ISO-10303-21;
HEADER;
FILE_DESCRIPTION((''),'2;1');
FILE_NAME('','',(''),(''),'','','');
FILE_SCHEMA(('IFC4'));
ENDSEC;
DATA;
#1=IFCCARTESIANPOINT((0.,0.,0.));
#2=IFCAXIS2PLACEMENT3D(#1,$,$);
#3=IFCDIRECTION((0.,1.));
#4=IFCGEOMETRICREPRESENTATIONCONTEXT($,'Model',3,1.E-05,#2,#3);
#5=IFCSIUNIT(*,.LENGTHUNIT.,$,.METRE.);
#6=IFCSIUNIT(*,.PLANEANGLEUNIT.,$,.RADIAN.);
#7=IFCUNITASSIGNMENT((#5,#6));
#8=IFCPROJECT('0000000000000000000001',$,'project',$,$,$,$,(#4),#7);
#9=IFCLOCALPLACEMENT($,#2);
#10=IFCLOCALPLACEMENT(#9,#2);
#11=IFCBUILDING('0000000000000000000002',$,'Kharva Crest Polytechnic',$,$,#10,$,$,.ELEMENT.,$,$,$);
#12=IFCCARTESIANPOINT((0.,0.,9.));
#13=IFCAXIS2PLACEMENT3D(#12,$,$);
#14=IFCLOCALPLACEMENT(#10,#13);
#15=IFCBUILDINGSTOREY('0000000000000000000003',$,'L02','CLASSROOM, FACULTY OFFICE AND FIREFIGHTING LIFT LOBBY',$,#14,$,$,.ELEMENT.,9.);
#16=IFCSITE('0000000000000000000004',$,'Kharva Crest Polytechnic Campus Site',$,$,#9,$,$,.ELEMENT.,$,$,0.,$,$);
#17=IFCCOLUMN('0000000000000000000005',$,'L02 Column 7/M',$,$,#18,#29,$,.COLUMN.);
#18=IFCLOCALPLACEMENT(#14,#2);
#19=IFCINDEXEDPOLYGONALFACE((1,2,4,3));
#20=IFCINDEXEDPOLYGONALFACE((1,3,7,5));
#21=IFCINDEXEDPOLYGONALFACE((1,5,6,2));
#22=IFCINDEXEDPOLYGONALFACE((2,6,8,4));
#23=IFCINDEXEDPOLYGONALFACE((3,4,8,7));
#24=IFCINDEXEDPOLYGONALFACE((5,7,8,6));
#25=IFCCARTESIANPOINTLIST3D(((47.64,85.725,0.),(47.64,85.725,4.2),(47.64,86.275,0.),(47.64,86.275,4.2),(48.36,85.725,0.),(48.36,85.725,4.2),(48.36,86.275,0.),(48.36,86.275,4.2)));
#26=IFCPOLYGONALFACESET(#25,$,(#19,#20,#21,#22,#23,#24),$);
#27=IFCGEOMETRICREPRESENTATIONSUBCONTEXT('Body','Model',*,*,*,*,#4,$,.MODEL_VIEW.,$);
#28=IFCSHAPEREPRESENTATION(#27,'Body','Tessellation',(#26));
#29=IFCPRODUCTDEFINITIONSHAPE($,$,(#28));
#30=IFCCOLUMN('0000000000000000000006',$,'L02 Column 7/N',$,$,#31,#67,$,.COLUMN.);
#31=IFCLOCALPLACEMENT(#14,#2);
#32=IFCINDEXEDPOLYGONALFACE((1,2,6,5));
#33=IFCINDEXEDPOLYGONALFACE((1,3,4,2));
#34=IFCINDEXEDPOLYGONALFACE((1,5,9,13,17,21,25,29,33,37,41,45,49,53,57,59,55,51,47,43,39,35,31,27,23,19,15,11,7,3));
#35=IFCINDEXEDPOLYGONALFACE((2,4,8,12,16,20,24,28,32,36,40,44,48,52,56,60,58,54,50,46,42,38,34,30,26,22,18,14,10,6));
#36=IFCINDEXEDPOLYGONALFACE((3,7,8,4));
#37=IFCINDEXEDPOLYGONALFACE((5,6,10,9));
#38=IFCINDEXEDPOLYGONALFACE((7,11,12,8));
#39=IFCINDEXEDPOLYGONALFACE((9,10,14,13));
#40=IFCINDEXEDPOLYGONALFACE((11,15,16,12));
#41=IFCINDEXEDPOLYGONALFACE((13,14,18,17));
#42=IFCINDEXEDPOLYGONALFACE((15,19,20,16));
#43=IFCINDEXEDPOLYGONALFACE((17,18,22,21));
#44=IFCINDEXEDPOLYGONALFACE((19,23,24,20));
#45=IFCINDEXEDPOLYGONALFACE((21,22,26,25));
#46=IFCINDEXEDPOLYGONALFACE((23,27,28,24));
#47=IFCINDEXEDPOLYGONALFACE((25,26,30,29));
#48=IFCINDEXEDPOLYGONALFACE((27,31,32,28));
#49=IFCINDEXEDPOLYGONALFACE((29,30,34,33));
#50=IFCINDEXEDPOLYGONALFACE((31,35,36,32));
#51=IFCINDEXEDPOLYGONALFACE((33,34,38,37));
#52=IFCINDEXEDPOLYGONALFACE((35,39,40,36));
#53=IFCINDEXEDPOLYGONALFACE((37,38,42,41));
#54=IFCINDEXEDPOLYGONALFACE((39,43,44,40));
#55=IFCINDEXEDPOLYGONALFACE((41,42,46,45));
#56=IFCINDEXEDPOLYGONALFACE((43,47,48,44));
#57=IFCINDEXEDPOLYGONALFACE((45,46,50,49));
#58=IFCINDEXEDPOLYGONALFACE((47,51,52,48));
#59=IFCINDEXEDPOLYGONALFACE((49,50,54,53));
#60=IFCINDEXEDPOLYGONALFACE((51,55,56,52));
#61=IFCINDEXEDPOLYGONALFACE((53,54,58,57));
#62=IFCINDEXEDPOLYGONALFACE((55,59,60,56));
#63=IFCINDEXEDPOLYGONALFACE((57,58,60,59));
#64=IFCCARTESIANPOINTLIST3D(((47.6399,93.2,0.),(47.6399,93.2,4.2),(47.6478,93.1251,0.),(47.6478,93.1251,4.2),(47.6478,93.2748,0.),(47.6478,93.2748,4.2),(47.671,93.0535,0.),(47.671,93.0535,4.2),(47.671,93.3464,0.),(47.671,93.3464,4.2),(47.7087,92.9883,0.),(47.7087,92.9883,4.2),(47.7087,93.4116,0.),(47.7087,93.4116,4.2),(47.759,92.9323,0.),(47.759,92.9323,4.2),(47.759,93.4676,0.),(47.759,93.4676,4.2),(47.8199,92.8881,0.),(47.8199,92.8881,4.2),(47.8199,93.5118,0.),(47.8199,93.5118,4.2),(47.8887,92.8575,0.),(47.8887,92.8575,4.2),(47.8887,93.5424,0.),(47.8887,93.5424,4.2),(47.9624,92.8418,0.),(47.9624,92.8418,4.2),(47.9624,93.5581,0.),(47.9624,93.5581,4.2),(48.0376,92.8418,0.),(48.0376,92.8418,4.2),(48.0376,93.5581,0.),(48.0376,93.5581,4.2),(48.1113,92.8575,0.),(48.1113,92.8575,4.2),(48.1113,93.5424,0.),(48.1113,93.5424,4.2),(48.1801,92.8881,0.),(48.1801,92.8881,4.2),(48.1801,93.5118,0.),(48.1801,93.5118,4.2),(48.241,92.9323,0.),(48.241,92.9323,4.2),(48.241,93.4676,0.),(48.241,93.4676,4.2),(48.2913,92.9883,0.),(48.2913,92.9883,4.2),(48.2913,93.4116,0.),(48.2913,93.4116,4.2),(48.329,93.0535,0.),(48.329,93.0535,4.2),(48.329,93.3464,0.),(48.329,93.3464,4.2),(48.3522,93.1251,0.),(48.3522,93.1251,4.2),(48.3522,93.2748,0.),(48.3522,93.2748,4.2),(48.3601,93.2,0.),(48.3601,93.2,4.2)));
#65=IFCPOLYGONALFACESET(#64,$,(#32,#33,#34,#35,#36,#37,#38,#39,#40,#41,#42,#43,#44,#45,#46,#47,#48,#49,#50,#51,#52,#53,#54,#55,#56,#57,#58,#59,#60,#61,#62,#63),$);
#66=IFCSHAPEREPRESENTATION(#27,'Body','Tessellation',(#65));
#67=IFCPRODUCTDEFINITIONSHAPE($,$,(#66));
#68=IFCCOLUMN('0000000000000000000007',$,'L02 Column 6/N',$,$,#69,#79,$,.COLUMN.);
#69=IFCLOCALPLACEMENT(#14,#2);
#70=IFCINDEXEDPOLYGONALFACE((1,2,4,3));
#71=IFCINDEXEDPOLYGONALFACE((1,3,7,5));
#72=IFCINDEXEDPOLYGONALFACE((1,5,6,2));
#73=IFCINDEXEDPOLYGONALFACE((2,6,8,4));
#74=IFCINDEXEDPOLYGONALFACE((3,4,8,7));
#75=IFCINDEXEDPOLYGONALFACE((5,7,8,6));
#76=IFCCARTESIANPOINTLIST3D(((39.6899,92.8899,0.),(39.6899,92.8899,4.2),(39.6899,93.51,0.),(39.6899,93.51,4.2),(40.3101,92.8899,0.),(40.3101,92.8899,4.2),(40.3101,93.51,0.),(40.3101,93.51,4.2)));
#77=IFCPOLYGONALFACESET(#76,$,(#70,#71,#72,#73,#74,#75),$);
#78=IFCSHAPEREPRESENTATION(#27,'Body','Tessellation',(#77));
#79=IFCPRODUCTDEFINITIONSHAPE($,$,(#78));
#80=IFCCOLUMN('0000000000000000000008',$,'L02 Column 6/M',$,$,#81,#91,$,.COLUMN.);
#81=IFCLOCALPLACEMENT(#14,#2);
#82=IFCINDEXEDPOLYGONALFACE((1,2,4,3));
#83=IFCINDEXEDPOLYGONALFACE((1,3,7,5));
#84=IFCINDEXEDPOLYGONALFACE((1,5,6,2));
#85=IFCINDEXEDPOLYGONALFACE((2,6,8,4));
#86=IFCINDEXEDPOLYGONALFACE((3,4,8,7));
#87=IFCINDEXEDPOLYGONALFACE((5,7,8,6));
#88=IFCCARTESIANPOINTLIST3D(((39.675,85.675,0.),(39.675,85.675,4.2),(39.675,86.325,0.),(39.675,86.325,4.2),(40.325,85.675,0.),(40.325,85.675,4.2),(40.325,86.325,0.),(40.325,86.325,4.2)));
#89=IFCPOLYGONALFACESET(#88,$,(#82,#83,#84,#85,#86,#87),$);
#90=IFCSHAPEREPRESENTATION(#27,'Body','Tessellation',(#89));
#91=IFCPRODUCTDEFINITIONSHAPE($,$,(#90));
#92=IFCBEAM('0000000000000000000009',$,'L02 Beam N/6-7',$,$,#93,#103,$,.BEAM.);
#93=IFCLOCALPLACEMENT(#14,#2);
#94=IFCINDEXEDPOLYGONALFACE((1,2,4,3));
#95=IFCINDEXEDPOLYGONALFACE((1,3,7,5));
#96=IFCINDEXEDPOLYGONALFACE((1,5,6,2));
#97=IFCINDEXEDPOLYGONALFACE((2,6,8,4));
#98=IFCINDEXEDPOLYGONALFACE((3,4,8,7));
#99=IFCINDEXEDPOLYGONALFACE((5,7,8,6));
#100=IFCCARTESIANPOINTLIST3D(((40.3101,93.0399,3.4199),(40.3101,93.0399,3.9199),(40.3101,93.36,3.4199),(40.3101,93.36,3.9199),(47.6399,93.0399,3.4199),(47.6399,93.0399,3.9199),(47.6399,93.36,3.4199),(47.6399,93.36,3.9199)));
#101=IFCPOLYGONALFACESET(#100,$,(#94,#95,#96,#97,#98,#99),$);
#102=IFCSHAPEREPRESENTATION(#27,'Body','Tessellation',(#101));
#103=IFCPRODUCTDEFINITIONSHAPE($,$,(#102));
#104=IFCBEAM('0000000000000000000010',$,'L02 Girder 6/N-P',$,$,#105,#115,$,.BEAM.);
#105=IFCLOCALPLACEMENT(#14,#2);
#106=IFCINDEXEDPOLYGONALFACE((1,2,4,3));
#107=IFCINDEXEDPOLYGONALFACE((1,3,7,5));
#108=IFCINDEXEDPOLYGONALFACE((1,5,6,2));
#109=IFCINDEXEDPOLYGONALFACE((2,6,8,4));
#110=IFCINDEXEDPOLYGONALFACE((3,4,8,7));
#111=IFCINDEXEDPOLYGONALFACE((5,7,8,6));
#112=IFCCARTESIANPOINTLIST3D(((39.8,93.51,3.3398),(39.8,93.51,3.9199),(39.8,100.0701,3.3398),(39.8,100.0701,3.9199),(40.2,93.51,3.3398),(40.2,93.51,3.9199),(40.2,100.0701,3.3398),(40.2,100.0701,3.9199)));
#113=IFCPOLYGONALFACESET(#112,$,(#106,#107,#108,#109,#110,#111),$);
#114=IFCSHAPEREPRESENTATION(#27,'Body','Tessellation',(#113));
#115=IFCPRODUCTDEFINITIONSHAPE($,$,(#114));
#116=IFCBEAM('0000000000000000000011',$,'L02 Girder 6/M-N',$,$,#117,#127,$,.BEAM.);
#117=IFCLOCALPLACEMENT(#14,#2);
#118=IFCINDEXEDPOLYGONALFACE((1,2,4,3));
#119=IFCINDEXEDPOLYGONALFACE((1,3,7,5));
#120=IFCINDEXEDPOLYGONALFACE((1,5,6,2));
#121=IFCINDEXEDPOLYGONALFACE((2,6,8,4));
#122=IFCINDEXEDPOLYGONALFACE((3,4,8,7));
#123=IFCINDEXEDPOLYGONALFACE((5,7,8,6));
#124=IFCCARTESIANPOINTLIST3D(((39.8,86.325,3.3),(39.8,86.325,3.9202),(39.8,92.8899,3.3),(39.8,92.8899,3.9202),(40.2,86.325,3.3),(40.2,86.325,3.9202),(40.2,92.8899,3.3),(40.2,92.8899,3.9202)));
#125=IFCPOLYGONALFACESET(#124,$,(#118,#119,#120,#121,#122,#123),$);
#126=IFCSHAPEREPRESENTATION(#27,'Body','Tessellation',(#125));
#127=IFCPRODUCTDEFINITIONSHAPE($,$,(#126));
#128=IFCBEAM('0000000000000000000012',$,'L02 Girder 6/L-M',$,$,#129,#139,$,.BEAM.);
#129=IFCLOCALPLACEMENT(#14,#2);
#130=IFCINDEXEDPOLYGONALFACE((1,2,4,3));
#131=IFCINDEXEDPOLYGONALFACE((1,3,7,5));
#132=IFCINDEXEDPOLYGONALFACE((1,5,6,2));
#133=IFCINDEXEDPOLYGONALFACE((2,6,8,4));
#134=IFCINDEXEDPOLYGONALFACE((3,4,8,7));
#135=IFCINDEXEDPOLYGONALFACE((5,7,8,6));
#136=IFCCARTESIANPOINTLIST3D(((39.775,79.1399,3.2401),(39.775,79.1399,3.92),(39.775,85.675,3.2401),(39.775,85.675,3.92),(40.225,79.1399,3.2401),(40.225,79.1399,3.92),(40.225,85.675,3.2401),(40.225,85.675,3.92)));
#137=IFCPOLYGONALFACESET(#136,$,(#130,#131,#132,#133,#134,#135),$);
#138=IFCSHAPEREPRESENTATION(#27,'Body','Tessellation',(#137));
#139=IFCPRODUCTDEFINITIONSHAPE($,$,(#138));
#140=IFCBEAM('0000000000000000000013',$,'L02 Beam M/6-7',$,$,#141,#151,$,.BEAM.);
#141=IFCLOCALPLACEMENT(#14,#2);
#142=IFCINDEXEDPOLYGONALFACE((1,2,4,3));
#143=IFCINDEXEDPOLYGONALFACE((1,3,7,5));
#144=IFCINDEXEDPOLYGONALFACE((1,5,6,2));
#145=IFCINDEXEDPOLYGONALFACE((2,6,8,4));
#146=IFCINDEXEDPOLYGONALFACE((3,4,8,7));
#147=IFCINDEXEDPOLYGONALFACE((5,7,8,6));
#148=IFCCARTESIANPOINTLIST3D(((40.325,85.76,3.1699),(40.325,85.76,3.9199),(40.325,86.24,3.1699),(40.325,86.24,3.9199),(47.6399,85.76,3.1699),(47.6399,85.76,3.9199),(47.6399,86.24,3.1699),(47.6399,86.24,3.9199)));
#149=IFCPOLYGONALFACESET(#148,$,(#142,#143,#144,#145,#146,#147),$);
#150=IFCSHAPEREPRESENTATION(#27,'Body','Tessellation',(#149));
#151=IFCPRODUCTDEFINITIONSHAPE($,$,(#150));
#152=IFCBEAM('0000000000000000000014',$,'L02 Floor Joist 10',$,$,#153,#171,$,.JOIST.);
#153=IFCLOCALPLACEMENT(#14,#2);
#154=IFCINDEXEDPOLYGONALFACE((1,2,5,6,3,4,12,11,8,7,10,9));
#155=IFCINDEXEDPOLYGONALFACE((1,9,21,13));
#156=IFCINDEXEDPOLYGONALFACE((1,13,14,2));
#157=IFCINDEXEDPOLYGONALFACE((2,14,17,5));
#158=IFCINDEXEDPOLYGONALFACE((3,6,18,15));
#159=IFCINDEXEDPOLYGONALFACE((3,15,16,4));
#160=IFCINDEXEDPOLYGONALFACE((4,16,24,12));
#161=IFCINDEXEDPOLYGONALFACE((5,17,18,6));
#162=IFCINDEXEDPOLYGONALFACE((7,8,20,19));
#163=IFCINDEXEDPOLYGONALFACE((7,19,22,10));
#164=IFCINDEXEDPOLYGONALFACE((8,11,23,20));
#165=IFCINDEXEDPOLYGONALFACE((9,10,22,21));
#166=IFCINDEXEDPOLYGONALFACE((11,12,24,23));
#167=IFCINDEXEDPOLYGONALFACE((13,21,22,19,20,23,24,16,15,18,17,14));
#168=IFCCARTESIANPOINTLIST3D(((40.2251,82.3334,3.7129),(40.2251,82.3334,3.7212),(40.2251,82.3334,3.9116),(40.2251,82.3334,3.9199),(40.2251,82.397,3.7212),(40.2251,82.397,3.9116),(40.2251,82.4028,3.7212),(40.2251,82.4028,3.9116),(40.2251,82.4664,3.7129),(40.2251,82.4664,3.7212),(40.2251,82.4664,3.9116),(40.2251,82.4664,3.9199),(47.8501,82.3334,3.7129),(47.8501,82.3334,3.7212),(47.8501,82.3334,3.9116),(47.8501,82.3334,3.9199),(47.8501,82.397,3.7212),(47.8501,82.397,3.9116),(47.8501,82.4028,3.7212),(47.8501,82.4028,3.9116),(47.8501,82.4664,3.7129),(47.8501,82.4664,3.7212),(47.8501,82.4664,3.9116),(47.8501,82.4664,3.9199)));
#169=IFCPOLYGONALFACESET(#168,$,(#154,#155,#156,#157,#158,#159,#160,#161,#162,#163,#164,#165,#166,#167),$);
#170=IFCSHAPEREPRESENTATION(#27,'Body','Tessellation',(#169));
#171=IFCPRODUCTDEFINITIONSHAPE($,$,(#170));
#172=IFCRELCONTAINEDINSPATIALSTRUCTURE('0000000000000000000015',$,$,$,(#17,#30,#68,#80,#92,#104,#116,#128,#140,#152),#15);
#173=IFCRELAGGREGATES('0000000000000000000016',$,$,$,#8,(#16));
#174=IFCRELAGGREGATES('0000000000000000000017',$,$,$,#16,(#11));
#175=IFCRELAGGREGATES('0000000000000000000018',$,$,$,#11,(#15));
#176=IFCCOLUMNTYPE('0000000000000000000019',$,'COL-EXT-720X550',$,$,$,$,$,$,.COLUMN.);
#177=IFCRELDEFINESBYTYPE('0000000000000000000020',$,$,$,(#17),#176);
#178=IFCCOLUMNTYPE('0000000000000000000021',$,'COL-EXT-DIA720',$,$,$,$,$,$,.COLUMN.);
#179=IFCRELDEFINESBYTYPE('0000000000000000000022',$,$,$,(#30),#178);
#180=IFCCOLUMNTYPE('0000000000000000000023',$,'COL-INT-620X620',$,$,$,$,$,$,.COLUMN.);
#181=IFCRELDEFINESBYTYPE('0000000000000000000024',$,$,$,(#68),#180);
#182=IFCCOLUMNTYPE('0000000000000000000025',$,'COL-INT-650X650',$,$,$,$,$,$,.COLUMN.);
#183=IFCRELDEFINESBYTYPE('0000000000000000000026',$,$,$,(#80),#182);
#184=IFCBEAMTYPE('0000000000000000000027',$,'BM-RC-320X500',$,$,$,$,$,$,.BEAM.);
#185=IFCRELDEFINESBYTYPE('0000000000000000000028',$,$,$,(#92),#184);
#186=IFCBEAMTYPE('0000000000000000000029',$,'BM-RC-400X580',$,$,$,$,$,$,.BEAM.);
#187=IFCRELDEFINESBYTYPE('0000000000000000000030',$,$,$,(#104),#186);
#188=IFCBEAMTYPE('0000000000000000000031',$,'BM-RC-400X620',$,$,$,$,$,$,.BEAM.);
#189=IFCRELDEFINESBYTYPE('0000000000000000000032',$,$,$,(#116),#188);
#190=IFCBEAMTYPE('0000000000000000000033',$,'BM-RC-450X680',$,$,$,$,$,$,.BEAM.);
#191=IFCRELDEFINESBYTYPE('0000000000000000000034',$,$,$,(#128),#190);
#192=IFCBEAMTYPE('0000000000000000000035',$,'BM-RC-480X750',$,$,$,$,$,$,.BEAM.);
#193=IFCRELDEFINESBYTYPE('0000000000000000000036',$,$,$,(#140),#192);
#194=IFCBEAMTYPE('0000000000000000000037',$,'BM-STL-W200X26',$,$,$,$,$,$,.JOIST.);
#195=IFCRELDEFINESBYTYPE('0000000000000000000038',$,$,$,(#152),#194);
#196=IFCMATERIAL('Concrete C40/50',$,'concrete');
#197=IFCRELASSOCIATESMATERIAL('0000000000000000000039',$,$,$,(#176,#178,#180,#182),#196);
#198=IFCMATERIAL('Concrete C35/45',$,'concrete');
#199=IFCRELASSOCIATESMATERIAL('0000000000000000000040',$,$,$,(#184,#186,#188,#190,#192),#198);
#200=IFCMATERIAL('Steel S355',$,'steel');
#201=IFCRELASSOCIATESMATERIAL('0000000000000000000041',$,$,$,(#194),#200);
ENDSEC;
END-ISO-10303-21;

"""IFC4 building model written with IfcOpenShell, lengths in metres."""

from ifc_helpers import new_model, si_unit, direction, frame, origin, origin_2d, place, context, subcontext, project, spatial, rectangle, circle, i_section, extrude, material, material_profile, profile_set, type_object, element, save


model = new_model("IFC4")

# Units and contexts
model_context = context("Model", 3, precision=1e-05, world=origin(), true_north=direction((0.0, 1.0)))
body_context = subcontext(model_context, "Body", "Model", "MODEL_VIEW")
ifc_project = project(units=[si_unit("LENGTHUNIT", "METRE"), si_unit("PLANEANGLEUNIT", "RADIAN")], contexts=[model_context])

# Site, building, storey
site_placement = place(None, origin())
site = spatial("IfcSite", under=ifc_project, at=site_placement, Name="Kharva Crest Polytechnic Campus Site", CompositionType="ELEMENT", RefElevation=0.0)
building_placement = place(site_placement, origin())
building = spatial("IfcBuilding", under=site, at=building_placement, Name="Kharva Crest Polytechnic", CompositionType="ELEMENT")
storey_placement = place(building_placement, frame((0.0, 0.0, 9.0)))
storey = spatial("IfcBuildingStorey", under=building, at=storey_placement, Name="L02", Description="CLASSROOM, FACULTY OFFICE AND FIREFIGHTING LIFT LOBBY", CompositionType="ELEMENT", Elevation=9.0)

# Columns
ifc_material_1 = material(Name="Concrete C40/50", Category="concrete")
ifc_material_profile_1 = material_profile(ifc_material_1, rectangle(XDim=0.72, YDim=0.55, at=origin_2d()), Name="RECT 720 X 550")
ifc_profile_set_1 = profile_set([ifc_material_profile_1], Name="Concrete C40/50")
column_type_1 = type_object("IfcColumnType", Name="COL-EXT-720X550", PredefinedType="COLUMN", material=ifc_profile_set_1)
column_1_placement = place(storey_placement, frame((48.0, 86.0, 0.0), z_axis=(0.0, 0.0, 1.0), x_axis=(1.0, 0.0, 0.0)))
element("IfcColumn", 1, at=column_1_placement, inside=storey, type_object=column_type_1, Name="L02 Column 7/M", PredefinedType="COLUMN", context=body_context, shape_type="SweptSolid", body=[
    extrude(rectangle(XDim=0.72, YDim=0.55, at=origin_2d()), origin(), (0.0, 0.0, 1.0), 4.2),
])
ifc_material_profile_2 = material_profile(ifc_material_1, circle(Radius=0.3601, at=origin_2d()), Name="DIA 720")
ifc_profile_set_2 = profile_set([ifc_material_profile_2], Name="Concrete C40/50")
column_type_2 = type_object("IfcColumnType", Name="COL-EXT-DIA720", PredefinedType="COLUMN", material=ifc_profile_set_2)
column_2_placement = place(storey_placement, frame((48.0, 93.2, 0.0), z_axis=(0.0, 0.0, 1.0), x_axis=(1.0, 0.0, 0.0)))
element("IfcColumn", 2, at=column_2_placement, inside=storey, type_object=column_type_2, Name="L02 Column 7/N", PredefinedType="COLUMN", context=body_context, shape_type="SweptSolid", body=[
    extrude(circle(Radius=0.3601, at=origin_2d()), origin(), (0.0, 0.0, 1.0), 4.2),
])
ifc_material_profile_3 = material_profile(ifc_material_1, rectangle(XDim=0.6201, YDim=0.6201, at=origin_2d()), Name="RECT 620 X 620")
ifc_profile_set_3 = profile_set([ifc_material_profile_3], Name="Concrete C40/50")
column_type_3 = type_object("IfcColumnType", Name="COL-INT-620X620", PredefinedType="COLUMN", material=ifc_profile_set_3)
column_3_placement = place(storey_placement, frame((40.0, 93.2, 0.0), z_axis=(0.0, 0.0, 1.0), x_axis=(1.0, 0.0, 0.0)))
element("IfcColumn", 3, at=column_3_placement, inside=storey, type_object=column_type_3, Name="L02 Column 6/N", PredefinedType="COLUMN", context=body_context, shape_type="SweptSolid", body=[
    extrude(rectangle(XDim=0.6201, YDim=0.6201, at=origin_2d()), origin(), (0.0, 0.0, 1.0), 4.2),
])
ifc_material_profile_4 = material_profile(ifc_material_1, rectangle(XDim=0.6499, YDim=0.6499, at=origin_2d()), Name="RECT 650 X 650")
ifc_profile_set_4 = profile_set([ifc_material_profile_4], Name="Concrete C40/50")
column_type_4 = type_object("IfcColumnType", Name="COL-INT-650X650", PredefinedType="COLUMN", material=ifc_profile_set_4)
column_4_placement = place(storey_placement, frame((40.0, 86.0, 0.0), z_axis=(0.0, 0.0, 1.0), x_axis=(1.0, 0.0, 0.0)))
element("IfcColumn", 4, at=column_4_placement, inside=storey, type_object=column_type_4, Name="L02 Column 6/M", PredefinedType="COLUMN", context=body_context, shape_type="SweptSolid", body=[
    extrude(rectangle(XDim=0.6499, YDim=0.6499, at=origin_2d()), origin(), (0.0, 0.0, 1.0), 4.2),
])

# Beams
ifc_material_2 = material(Name="Concrete C35/45", Category="concrete")
ifc_material_profile_5 = material_profile(ifc_material_2, rectangle(XDim=0.3201, YDim=0.5, at=origin_2d()), Name="RECT 320 X 500")
ifc_profile_set_5 = profile_set([ifc_material_profile_5], Name="Concrete C35/45")
beam_type_1 = type_object("IfcBeamType", Name="BM-RC-320X500", PredefinedType="BEAM", material=ifc_profile_set_5)
beam_1_placement = place(storey_placement, frame((40.3101, 93.2, 3.6699), z_axis=(1.0, 0.0, 0.0), x_axis=(0.0, 1.0, 0.0)))
element("IfcBeam", 5, at=beam_1_placement, inside=storey, type_object=beam_type_1, Name="L02 Beam N/6-7", PredefinedType="BEAM", context=body_context, shape_type="SweptSolid", body=[
    extrude(rectangle(XDim=0.3201, YDim=0.5, at=origin_2d()), origin(), (0.0, 0.0, 1.0), 7.3298),
])
ifc_material_profile_6 = material_profile(ifc_material_2, rectangle(XDim=0.3999, YDim=0.5801, at=origin_2d()), Name="RECT 400 X 580")
ifc_profile_set_6 = profile_set([ifc_material_profile_6], Name="Concrete C35/45")
beam_type_2 = type_object("IfcBeamType", Name="BM-RC-400X580", PredefinedType="BEAM", material=ifc_profile_set_6)
beam_2_placement = place(storey_placement, frame((40.0, 93.51, 3.6299), z_axis=(0.0, 1.0, 0.0), x_axis=(-1.0, 0.0, 0.0)))
element("IfcBeam", 6, at=beam_2_placement, inside=storey, type_object=beam_type_2, Name="L02 Girder 6/N-P", PredefinedType="BEAM", context=body_context, shape_type="SweptSolid", body=[
    extrude(rectangle(XDim=0.3999, YDim=0.5801, at=origin_2d()), origin(), (0.0, 0.0, 1.0), 6.5601),
])
ifc_material_profile_7 = material_profile(ifc_material_2, rectangle(XDim=0.3999, YDim=0.6201, at=origin_2d()), Name="RECT 400 X 620")
ifc_profile_set_7 = profile_set([ifc_material_profile_7], Name="Concrete C35/45")
beam_type_3 = type_object("IfcBeamType", Name="BM-RC-400X620", PredefinedType="BEAM", material=ifc_profile_set_7)
beam_3_placement = place(storey_placement, frame((40.0, 86.325, 3.6101), z_axis=(0.0, 1.0, 0.0), x_axis=(-1.0, 0.0, 0.0)))
element("IfcBeam", 7, at=beam_3_placement, inside=storey, type_object=beam_type_3, Name="L02 Girder 6/M-N", PredefinedType="BEAM", context=body_context, shape_type="SweptSolid", body=[
    extrude(rectangle(XDim=0.3999, YDim=0.6201, at=origin_2d()), origin(), (0.0, 0.0, 1.0), 6.5649),
])
ifc_material_profile_8 = material_profile(ifc_material_2, rectangle(XDim=0.45, YDim=0.6799, at=origin_2d()), Name="RECT 450 X 680")
ifc_profile_set_8 = profile_set([ifc_material_profile_8], Name="Concrete C35/45")
beam_type_4 = type_object("IfcBeamType", Name="BM-RC-450X680", PredefinedType="BEAM", material=ifc_profile_set_8)
beam_4_placement = place(storey_placement, frame((40.0, 79.1399, 3.5801), z_axis=(0.0, 1.0, 0.0), x_axis=(-1.0, 0.0, 0.0)))
element("IfcBeam", 8, at=beam_4_placement, inside=storey, type_object=beam_type_4, Name="L02 Girder 6/L-M", PredefinedType="BEAM", context=body_context, shape_type="SweptSolid", body=[
    extrude(rectangle(XDim=0.45, YDim=0.6799, at=origin_2d()), origin(), (0.0, 0.0, 1.0), 6.5352),
])
ifc_material_profile_9 = material_profile(ifc_material_2, rectangle(XDim=0.48, YDim=0.75, at=origin_2d()), Name="RECT 480 X 750")
ifc_profile_set_9 = profile_set([ifc_material_profile_9], Name="Concrete C35/45")
beam_type_5 = type_object("IfcBeamType", Name="BM-RC-480X750", PredefinedType="BEAM", material=ifc_profile_set_9)
beam_5_placement = place(storey_placement, frame((40.325, 86.0, 3.5449), z_axis=(1.0, 0.0, 0.0), x_axis=(0.0, 1.0, 0.0)))
element("IfcBeam", 9, at=beam_5_placement, inside=storey, type_object=beam_type_5, Name="L02 Beam M/6-7", PredefinedType="BEAM", context=body_context, shape_type="SweptSolid", body=[
    extrude(rectangle(XDim=0.48, YDim=0.75, at=origin_2d()), origin(), (0.0, 0.0, 1.0), 7.3149),
])
ifc_material_3 = material(Name="Steel S355", Category="steel")
ifc_material_profile_10 = material_profile(ifc_material_3, i_section(OverallWidth=0.1331, OverallDepth=0.207, WebThickness=0.0059, FlangeThickness=0.0083, at=origin_2d()), Name="W200X26.6")
ifc_profile_set_10 = profile_set([ifc_material_profile_10], Name="Steel S355")
beam_type_6 = type_object("IfcBeamType", Name="BM-STL-W200X26", PredefinedType="JOIST", material=ifc_profile_set_10)
beam_6_placement = place(storey_placement, frame((40.2251, 82.3999, 3.8164), z_axis=(1.0, 0.0, 0.0), x_axis=(0.0, 1.0, 0.0)))
element("IfcBeam", 10, at=beam_6_placement, inside=storey, type_object=beam_type_6, Name="L02 Floor Joist 10", PredefinedType="JOIST", context=body_context, shape_type="SweptSolid", body=[
    extrude(i_section(OverallWidth=0.1331, OverallDepth=0.207, WebThickness=0.0059, FlangeThickness=0.0083, at=origin_2d()), origin(), (0.0, 0.0, 1.0), 7.625),
])

save(model, "model.ifc")
